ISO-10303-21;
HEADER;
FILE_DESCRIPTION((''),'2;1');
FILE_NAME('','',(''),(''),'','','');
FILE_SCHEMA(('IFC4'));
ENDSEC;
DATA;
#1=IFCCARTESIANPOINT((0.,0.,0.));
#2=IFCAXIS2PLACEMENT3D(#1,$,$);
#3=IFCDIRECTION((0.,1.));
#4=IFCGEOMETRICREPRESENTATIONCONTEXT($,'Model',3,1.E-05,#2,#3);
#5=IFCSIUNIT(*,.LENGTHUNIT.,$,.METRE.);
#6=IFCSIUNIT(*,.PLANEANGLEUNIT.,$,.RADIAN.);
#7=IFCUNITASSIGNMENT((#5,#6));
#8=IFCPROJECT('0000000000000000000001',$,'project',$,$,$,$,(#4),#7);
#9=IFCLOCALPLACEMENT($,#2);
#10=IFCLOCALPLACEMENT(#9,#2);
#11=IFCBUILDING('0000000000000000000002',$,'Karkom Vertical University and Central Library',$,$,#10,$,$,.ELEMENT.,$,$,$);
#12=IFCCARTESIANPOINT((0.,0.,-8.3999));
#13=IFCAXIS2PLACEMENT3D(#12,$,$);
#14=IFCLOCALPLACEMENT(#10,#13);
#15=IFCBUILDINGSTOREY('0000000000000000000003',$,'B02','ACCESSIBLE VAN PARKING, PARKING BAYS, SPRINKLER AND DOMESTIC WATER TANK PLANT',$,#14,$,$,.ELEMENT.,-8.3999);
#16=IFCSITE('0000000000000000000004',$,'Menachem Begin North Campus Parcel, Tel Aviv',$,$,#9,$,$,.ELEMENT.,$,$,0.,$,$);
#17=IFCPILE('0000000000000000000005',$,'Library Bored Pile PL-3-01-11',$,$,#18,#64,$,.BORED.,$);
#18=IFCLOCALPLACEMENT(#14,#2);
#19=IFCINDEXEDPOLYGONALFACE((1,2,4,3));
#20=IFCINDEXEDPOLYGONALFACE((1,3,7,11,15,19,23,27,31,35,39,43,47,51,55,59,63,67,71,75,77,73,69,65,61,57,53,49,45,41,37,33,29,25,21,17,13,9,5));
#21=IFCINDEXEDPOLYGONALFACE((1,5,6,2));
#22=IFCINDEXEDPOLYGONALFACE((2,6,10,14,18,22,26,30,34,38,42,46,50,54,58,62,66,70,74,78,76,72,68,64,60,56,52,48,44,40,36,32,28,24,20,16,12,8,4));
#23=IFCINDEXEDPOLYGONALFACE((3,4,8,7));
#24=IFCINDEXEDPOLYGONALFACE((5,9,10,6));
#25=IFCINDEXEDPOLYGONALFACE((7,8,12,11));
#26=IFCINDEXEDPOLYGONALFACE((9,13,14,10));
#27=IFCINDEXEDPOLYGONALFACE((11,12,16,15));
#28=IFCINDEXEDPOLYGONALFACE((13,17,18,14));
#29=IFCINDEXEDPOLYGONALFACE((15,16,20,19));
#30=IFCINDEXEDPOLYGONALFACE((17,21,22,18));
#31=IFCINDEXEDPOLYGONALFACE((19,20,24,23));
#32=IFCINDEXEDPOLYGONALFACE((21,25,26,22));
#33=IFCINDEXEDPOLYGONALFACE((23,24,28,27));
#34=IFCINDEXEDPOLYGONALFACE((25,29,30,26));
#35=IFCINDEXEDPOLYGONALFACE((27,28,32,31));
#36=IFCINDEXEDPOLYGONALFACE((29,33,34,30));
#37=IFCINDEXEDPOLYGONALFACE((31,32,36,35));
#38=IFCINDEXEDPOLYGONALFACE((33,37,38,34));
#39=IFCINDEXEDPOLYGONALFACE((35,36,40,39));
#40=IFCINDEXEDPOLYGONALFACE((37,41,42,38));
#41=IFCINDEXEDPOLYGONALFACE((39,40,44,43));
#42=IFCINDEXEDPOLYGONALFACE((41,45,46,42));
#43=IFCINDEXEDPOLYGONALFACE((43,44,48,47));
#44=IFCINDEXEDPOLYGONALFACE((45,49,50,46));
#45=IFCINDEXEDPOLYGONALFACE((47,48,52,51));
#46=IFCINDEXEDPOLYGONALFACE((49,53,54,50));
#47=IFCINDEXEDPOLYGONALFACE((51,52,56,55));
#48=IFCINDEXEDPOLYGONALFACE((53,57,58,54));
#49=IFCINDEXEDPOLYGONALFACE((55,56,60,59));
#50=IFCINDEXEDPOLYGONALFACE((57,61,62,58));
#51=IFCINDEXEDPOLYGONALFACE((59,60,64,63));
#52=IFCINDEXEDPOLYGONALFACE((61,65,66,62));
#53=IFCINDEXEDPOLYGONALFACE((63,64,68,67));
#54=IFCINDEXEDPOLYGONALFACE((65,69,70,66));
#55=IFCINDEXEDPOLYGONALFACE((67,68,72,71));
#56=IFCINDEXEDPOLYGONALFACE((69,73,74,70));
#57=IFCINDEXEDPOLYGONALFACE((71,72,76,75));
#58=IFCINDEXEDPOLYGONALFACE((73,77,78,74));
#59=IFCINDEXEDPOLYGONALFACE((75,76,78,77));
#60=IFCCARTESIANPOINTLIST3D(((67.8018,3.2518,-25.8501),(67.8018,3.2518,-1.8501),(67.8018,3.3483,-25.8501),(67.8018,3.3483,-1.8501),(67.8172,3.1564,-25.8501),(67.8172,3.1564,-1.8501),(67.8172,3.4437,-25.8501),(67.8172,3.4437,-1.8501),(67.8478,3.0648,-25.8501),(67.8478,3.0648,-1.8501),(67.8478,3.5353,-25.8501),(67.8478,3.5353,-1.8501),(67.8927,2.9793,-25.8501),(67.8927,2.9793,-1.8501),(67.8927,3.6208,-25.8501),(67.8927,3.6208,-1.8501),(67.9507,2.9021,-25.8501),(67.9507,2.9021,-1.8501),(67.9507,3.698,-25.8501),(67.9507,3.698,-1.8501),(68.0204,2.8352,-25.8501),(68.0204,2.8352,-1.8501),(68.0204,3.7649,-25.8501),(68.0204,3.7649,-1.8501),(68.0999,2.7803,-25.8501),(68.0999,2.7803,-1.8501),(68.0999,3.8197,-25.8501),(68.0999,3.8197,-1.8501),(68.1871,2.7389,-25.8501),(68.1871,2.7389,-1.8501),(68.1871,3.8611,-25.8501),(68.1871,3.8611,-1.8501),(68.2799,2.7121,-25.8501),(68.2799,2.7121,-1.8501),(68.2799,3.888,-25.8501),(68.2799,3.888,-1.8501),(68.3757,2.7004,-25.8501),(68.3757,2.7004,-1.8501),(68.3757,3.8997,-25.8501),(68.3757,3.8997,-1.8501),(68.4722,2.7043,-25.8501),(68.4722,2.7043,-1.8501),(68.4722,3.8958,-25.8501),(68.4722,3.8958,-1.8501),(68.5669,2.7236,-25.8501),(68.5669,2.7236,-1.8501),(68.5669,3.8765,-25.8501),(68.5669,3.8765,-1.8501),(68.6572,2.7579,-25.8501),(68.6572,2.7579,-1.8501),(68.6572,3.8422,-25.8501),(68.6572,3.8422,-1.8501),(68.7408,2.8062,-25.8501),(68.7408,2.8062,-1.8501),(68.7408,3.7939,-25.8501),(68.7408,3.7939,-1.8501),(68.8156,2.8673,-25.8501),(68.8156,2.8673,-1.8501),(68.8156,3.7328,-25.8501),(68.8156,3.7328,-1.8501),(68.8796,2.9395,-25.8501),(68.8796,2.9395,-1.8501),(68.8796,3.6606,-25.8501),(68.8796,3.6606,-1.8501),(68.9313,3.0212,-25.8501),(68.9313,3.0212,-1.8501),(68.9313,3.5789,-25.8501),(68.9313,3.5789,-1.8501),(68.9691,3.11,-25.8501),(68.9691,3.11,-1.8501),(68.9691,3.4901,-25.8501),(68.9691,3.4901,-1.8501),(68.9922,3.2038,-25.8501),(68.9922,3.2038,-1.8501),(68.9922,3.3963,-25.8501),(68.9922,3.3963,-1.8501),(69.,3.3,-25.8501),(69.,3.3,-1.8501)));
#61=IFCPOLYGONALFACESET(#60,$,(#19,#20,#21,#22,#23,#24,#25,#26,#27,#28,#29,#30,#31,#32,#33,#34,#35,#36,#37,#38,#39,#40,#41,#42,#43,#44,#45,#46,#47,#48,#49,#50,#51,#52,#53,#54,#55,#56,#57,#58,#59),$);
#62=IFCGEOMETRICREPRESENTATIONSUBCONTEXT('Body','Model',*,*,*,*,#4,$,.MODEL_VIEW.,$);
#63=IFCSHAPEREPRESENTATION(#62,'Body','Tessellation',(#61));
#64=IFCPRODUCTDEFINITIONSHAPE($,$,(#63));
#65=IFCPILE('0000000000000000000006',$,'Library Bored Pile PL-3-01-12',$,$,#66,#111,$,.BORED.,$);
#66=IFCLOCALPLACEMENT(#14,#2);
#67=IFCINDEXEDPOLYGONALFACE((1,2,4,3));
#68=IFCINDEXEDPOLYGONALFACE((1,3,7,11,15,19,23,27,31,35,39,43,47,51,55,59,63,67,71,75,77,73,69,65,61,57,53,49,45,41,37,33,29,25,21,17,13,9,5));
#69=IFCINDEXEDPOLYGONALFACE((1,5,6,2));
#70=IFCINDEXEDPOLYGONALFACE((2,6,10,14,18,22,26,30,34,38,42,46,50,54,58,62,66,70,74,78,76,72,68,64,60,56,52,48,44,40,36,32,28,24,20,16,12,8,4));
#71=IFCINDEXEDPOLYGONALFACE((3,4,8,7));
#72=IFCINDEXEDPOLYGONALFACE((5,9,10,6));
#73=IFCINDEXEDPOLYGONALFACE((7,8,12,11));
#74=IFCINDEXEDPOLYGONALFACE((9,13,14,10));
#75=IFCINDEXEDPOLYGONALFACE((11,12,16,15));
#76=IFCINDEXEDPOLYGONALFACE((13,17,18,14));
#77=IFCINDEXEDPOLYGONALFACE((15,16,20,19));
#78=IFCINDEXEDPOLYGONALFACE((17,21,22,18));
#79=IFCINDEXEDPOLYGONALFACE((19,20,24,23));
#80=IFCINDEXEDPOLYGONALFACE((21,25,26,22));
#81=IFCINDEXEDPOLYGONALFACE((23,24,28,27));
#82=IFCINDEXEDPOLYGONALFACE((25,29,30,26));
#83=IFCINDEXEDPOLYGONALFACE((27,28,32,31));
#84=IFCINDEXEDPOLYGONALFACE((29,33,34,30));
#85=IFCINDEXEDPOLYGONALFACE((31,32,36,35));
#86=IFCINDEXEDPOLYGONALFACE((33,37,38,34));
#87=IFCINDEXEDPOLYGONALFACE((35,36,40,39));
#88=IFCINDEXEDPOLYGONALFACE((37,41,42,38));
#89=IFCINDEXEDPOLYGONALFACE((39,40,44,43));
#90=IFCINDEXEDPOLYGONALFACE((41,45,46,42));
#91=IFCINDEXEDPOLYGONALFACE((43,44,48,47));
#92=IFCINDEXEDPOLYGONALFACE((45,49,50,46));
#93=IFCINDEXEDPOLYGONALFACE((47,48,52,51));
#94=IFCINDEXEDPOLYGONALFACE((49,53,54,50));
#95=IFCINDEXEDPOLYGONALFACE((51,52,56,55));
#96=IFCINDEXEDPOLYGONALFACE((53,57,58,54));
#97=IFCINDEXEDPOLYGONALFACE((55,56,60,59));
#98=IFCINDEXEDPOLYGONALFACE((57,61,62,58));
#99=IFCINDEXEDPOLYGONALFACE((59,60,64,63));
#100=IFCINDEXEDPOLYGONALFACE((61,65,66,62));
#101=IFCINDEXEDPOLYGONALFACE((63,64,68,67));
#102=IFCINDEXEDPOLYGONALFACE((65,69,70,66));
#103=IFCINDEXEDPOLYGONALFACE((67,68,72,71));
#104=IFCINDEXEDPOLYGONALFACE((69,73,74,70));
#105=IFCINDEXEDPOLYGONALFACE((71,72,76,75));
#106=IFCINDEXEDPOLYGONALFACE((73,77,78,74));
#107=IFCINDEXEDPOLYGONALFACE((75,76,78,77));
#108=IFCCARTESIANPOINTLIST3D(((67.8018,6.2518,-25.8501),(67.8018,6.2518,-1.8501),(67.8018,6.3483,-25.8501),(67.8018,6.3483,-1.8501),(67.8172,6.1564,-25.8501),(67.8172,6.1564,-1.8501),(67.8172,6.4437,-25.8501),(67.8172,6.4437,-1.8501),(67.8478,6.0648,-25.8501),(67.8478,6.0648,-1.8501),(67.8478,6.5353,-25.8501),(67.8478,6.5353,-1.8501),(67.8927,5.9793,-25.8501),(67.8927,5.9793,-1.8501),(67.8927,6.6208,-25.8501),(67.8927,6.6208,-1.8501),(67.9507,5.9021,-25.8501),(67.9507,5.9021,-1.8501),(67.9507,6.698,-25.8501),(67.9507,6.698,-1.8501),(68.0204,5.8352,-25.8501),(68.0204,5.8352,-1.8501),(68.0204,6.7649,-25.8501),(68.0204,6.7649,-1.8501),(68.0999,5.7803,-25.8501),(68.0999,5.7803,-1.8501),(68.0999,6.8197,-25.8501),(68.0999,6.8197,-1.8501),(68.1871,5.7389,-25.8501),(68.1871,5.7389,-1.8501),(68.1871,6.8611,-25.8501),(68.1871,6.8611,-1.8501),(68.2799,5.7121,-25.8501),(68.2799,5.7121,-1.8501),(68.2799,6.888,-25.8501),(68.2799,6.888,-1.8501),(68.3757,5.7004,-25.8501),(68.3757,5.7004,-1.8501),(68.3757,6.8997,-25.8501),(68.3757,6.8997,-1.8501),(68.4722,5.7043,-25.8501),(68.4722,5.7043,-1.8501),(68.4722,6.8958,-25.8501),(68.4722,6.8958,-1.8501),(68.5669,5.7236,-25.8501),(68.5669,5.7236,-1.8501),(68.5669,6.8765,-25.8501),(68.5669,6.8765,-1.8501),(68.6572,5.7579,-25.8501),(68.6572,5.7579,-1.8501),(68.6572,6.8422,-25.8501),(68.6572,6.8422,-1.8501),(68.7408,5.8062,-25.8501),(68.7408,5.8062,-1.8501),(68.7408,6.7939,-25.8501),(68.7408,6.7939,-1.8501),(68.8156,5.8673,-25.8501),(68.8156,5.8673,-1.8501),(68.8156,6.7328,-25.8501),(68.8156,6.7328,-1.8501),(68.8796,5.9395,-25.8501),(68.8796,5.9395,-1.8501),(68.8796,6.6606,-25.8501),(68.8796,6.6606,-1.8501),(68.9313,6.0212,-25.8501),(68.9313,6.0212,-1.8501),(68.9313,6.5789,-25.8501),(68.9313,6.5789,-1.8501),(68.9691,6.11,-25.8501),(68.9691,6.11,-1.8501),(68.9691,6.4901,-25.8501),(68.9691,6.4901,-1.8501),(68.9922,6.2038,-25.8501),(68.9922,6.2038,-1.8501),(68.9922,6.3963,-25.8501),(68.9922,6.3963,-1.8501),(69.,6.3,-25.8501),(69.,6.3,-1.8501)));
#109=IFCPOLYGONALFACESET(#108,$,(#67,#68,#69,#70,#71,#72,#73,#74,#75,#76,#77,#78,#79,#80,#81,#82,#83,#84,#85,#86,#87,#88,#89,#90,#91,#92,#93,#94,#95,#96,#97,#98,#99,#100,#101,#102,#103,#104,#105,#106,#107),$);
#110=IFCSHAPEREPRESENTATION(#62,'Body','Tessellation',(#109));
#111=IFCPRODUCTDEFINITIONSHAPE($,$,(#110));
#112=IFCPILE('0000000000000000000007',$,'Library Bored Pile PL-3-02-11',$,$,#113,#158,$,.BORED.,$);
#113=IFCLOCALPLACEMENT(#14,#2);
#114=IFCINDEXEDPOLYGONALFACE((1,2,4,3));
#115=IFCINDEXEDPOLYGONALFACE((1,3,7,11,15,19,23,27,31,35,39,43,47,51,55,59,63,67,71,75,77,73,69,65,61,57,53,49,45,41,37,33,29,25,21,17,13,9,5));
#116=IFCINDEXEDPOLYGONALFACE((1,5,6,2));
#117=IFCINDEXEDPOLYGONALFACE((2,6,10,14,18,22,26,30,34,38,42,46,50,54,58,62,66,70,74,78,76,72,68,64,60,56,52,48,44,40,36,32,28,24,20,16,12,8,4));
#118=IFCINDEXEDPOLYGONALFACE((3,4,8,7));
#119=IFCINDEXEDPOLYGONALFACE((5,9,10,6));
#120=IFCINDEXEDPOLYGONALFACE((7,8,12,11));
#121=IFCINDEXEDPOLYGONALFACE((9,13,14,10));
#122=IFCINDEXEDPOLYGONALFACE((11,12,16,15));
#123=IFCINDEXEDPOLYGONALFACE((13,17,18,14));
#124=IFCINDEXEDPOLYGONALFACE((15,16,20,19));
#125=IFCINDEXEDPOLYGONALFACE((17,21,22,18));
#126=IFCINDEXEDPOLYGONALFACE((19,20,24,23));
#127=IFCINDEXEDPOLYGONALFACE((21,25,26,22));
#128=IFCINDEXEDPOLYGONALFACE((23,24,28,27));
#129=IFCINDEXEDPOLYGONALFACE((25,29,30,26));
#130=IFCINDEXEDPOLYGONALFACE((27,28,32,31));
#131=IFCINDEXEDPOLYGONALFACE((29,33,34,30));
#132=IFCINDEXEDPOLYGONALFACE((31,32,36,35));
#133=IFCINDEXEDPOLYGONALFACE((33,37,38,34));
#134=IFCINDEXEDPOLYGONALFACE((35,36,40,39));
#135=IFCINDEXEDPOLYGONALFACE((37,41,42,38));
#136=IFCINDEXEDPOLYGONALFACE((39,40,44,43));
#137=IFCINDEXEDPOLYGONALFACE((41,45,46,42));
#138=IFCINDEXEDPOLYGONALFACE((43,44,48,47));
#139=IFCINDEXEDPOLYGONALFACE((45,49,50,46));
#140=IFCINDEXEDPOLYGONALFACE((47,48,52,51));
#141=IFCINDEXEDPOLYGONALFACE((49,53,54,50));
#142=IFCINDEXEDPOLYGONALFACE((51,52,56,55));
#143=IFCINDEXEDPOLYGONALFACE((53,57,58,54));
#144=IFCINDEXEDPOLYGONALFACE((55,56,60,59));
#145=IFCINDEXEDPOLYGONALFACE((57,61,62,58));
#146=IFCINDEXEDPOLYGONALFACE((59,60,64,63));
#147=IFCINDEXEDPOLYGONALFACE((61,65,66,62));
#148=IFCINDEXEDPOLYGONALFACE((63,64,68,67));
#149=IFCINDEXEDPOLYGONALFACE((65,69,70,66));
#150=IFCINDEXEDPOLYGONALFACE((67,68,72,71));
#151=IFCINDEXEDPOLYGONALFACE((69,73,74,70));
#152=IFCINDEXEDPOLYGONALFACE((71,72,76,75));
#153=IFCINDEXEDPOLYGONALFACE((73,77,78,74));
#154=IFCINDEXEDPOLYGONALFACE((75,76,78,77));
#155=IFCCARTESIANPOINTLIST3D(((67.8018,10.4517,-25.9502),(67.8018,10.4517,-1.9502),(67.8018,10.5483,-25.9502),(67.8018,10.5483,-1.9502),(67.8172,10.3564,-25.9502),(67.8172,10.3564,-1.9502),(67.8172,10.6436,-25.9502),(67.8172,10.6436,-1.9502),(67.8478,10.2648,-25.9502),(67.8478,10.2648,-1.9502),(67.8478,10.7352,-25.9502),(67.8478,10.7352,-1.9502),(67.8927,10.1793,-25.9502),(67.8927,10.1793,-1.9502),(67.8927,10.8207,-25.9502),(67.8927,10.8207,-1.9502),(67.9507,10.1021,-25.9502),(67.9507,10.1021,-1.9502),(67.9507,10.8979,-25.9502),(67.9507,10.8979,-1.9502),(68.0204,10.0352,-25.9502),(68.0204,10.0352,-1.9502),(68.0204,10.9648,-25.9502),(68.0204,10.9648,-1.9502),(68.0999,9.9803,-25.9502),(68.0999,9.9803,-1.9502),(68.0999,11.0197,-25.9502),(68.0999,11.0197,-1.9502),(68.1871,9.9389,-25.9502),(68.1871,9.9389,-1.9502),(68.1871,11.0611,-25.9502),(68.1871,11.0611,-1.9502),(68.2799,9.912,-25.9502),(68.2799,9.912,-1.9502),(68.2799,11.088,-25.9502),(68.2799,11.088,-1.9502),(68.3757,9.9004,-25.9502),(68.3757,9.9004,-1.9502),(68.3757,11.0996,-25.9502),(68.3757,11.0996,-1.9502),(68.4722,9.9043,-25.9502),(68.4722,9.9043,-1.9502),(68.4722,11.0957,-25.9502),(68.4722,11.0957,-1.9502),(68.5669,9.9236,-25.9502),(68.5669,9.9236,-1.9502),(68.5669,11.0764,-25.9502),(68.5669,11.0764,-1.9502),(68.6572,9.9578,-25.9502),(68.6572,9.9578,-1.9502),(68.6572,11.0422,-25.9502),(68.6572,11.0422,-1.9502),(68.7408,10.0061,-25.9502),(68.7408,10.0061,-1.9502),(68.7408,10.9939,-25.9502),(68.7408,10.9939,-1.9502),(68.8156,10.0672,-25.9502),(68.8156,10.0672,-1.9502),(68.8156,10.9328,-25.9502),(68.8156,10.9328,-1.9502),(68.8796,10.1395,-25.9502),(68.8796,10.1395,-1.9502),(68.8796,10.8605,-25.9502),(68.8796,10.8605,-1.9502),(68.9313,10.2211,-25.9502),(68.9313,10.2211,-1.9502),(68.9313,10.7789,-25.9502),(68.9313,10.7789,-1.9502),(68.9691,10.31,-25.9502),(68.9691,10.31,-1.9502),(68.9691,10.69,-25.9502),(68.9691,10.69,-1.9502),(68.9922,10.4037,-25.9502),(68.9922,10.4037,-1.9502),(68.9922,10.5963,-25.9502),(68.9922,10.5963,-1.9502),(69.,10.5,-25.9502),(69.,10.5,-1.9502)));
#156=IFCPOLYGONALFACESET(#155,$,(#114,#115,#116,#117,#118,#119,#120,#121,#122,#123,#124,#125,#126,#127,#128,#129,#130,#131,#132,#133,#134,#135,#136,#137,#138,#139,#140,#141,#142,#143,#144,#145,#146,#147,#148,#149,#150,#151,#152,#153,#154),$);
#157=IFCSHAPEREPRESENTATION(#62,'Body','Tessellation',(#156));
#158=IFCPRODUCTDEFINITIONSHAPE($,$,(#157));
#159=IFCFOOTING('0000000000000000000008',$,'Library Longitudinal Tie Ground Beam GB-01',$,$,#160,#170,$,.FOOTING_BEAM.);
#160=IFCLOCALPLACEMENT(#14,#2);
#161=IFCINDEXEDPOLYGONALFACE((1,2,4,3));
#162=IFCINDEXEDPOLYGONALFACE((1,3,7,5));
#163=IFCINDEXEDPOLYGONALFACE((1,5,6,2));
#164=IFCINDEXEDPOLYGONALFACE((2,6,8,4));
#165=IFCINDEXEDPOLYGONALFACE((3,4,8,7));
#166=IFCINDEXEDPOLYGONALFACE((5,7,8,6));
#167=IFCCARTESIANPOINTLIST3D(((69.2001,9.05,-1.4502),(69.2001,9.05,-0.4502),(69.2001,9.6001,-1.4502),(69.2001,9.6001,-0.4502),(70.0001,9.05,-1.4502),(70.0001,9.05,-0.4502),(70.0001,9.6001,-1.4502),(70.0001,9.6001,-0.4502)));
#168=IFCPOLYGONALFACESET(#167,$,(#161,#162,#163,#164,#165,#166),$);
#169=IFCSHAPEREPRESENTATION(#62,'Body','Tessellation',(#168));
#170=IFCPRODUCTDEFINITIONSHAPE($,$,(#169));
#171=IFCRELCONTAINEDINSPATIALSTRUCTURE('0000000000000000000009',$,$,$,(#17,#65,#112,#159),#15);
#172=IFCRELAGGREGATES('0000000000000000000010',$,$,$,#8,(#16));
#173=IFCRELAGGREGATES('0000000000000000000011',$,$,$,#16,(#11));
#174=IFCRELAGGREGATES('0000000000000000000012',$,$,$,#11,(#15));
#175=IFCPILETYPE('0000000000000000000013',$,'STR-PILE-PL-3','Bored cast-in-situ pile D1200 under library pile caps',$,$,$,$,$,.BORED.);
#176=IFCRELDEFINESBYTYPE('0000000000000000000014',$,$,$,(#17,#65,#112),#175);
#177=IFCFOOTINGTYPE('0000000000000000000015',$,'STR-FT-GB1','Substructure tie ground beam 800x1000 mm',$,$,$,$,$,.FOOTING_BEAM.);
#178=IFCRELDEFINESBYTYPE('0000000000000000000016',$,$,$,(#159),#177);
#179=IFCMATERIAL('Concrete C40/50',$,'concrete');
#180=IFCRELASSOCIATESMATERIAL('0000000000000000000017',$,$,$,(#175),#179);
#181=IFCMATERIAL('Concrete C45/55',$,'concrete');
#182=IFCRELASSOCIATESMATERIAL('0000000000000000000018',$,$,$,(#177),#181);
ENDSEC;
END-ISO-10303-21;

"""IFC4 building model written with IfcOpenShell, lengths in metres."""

from ifc_helpers import new_model, si_unit, direction, frame, origin, origin_with_axes, origin_2d, place, context, subcontext, project, spatial, rectangle, circle, extrude, source, transform, mapped, material, material_profile, profile_set, type_object, element, save


model = new_model("IFC4")

# Units and contexts
model_context = context("Model", 3, precision=1e-05, world=origin(), true_north=direction((0.0, 1.0)))
body_context = subcontext(model_context, "Body", "Model", "MODEL_VIEW")
ifc_project = project(units=[si_unit("LENGTHUNIT", "METRE"), si_unit("PLANEANGLEUNIT", "RADIAN")], contexts=[model_context])

# Site, building, storey
site_placement = place(None, origin())
site = spatial("IfcSite", under=ifc_project, at=site_placement, Name="Menachem Begin North Campus Parcel, Tel Aviv", CompositionType="ELEMENT", RefElevation=0.0)
building_placement = place(site_placement, origin())
building = spatial("IfcBuilding", under=site, at=building_placement, Name="Karkom Vertical University and Central Library", CompositionType="ELEMENT")
storey_placement = place(building_placement, frame((0.0, 0.0, -8.3999)))
storey = spatial("IfcBuildingStorey", under=building, at=storey_placement, Name="B02", Description="ACCESSIBLE VAN PARKING, PARKING BAYS, SPRINKLER AND DOMESTIC WATER TANK PLANT", CompositionType="ELEMENT", Elevation=-8.3999)

# Piles
ifc_material_1 = material(Name="Concrete C40/50", Category="concrete")
ifc_material_profile_1 = material_profile(ifc_material_1, circle(Radius=0.6001, at=origin_2d()), Name="PILE-D1200")
ifc_profile_set_1 = profile_set([ifc_material_profile_1], Name="Concrete C40/50")
pile_type = type_object("IfcPileType", Name="STR-PILE-PL-3", Description="Bored cast-in-situ pile D1200 under library pile caps", PredefinedType="BORED", material=ifc_profile_set_1)
shared_shape_1 = source(origin_with_axes(), body_context, "Body", "SweptSolid", [
    extrude(circle(Radius=0.6001, at=origin_2d()), origin(), (0.0, 0.0, 1.0), 24.0),
])
for number, where, z_axis, x_axis, name in (
    (1, (68.3999, 3.3, -1.8501), (0.0, 0.0, -1.0), (1.0, 0.0, 0.0), "Library Bored Pile PL-3-01-11"),
    (2, (68.3999, 6.3, -1.8501), (0.0, 0.0, -1.0), (1.0, 0.0, 0.0), "Library Bored Pile PL-3-01-12"),
    (3, (68.3999, 10.5, -1.9502), (0.0, 0.0, -1.0), (1.0, 0.0, 0.0), "Library Bored Pile PL-3-02-11"),
):
    element("IfcPile", number, at=place(storey_placement, frame(where, z_axis=z_axis, x_axis=x_axis)), inside=storey, type_object=pile_type, Name=name, PredefinedType="BORED", context=body_context, shape_type="MappedRepresentation", body=[
        mapped(shared_shape_1, transform((0.0, 0.0, 0.0), scale=1.0)),
    ])

# Footing
ifc_material_2 = material(Name="Concrete C45/55", Category="concrete")
ifc_material_profile_2 = material_profile(ifc_material_2, rectangle(XDim=0.8, YDim=1.0, at=origin_2d()), Name="GB-800x1000")
ifc_profile_set_2 = profile_set([ifc_material_profile_2], Name="Concrete C45/55")
footing_type = type_object("IfcFootingType", Name="STR-FT-GB1", Description="Substructure tie ground beam 800x1000 mm", PredefinedType="FOOTING_BEAM", material=ifc_profile_set_2)
shared_shape_2 = source(origin_with_axes(), body_context, "Body", "SweptSolid", [
    extrude(rectangle(XDim=0.8, YDim=1.0, at=origin_2d()), origin(), (0.0, 0.0, 1.0), 0.55),
])
footing_placement = place(storey_placement, frame((69.6001, 9.05, -0.9502), z_axis=(0.0, 1.0, 0.0), x_axis=(-1.0, 0.0, 0.0)))
element("IfcFooting", 4, at=footing_placement, inside=storey, type_object=footing_type, Name="Library Longitudinal Tie Ground Beam GB-01", PredefinedType="FOOTING_BEAM", context=body_context, shape_type="MappedRepresentation", body=[
    mapped(shared_shape_2, transform((0.0, 0.0, 0.0), scale=1.0)),
])

save(model, "model.ifc")
